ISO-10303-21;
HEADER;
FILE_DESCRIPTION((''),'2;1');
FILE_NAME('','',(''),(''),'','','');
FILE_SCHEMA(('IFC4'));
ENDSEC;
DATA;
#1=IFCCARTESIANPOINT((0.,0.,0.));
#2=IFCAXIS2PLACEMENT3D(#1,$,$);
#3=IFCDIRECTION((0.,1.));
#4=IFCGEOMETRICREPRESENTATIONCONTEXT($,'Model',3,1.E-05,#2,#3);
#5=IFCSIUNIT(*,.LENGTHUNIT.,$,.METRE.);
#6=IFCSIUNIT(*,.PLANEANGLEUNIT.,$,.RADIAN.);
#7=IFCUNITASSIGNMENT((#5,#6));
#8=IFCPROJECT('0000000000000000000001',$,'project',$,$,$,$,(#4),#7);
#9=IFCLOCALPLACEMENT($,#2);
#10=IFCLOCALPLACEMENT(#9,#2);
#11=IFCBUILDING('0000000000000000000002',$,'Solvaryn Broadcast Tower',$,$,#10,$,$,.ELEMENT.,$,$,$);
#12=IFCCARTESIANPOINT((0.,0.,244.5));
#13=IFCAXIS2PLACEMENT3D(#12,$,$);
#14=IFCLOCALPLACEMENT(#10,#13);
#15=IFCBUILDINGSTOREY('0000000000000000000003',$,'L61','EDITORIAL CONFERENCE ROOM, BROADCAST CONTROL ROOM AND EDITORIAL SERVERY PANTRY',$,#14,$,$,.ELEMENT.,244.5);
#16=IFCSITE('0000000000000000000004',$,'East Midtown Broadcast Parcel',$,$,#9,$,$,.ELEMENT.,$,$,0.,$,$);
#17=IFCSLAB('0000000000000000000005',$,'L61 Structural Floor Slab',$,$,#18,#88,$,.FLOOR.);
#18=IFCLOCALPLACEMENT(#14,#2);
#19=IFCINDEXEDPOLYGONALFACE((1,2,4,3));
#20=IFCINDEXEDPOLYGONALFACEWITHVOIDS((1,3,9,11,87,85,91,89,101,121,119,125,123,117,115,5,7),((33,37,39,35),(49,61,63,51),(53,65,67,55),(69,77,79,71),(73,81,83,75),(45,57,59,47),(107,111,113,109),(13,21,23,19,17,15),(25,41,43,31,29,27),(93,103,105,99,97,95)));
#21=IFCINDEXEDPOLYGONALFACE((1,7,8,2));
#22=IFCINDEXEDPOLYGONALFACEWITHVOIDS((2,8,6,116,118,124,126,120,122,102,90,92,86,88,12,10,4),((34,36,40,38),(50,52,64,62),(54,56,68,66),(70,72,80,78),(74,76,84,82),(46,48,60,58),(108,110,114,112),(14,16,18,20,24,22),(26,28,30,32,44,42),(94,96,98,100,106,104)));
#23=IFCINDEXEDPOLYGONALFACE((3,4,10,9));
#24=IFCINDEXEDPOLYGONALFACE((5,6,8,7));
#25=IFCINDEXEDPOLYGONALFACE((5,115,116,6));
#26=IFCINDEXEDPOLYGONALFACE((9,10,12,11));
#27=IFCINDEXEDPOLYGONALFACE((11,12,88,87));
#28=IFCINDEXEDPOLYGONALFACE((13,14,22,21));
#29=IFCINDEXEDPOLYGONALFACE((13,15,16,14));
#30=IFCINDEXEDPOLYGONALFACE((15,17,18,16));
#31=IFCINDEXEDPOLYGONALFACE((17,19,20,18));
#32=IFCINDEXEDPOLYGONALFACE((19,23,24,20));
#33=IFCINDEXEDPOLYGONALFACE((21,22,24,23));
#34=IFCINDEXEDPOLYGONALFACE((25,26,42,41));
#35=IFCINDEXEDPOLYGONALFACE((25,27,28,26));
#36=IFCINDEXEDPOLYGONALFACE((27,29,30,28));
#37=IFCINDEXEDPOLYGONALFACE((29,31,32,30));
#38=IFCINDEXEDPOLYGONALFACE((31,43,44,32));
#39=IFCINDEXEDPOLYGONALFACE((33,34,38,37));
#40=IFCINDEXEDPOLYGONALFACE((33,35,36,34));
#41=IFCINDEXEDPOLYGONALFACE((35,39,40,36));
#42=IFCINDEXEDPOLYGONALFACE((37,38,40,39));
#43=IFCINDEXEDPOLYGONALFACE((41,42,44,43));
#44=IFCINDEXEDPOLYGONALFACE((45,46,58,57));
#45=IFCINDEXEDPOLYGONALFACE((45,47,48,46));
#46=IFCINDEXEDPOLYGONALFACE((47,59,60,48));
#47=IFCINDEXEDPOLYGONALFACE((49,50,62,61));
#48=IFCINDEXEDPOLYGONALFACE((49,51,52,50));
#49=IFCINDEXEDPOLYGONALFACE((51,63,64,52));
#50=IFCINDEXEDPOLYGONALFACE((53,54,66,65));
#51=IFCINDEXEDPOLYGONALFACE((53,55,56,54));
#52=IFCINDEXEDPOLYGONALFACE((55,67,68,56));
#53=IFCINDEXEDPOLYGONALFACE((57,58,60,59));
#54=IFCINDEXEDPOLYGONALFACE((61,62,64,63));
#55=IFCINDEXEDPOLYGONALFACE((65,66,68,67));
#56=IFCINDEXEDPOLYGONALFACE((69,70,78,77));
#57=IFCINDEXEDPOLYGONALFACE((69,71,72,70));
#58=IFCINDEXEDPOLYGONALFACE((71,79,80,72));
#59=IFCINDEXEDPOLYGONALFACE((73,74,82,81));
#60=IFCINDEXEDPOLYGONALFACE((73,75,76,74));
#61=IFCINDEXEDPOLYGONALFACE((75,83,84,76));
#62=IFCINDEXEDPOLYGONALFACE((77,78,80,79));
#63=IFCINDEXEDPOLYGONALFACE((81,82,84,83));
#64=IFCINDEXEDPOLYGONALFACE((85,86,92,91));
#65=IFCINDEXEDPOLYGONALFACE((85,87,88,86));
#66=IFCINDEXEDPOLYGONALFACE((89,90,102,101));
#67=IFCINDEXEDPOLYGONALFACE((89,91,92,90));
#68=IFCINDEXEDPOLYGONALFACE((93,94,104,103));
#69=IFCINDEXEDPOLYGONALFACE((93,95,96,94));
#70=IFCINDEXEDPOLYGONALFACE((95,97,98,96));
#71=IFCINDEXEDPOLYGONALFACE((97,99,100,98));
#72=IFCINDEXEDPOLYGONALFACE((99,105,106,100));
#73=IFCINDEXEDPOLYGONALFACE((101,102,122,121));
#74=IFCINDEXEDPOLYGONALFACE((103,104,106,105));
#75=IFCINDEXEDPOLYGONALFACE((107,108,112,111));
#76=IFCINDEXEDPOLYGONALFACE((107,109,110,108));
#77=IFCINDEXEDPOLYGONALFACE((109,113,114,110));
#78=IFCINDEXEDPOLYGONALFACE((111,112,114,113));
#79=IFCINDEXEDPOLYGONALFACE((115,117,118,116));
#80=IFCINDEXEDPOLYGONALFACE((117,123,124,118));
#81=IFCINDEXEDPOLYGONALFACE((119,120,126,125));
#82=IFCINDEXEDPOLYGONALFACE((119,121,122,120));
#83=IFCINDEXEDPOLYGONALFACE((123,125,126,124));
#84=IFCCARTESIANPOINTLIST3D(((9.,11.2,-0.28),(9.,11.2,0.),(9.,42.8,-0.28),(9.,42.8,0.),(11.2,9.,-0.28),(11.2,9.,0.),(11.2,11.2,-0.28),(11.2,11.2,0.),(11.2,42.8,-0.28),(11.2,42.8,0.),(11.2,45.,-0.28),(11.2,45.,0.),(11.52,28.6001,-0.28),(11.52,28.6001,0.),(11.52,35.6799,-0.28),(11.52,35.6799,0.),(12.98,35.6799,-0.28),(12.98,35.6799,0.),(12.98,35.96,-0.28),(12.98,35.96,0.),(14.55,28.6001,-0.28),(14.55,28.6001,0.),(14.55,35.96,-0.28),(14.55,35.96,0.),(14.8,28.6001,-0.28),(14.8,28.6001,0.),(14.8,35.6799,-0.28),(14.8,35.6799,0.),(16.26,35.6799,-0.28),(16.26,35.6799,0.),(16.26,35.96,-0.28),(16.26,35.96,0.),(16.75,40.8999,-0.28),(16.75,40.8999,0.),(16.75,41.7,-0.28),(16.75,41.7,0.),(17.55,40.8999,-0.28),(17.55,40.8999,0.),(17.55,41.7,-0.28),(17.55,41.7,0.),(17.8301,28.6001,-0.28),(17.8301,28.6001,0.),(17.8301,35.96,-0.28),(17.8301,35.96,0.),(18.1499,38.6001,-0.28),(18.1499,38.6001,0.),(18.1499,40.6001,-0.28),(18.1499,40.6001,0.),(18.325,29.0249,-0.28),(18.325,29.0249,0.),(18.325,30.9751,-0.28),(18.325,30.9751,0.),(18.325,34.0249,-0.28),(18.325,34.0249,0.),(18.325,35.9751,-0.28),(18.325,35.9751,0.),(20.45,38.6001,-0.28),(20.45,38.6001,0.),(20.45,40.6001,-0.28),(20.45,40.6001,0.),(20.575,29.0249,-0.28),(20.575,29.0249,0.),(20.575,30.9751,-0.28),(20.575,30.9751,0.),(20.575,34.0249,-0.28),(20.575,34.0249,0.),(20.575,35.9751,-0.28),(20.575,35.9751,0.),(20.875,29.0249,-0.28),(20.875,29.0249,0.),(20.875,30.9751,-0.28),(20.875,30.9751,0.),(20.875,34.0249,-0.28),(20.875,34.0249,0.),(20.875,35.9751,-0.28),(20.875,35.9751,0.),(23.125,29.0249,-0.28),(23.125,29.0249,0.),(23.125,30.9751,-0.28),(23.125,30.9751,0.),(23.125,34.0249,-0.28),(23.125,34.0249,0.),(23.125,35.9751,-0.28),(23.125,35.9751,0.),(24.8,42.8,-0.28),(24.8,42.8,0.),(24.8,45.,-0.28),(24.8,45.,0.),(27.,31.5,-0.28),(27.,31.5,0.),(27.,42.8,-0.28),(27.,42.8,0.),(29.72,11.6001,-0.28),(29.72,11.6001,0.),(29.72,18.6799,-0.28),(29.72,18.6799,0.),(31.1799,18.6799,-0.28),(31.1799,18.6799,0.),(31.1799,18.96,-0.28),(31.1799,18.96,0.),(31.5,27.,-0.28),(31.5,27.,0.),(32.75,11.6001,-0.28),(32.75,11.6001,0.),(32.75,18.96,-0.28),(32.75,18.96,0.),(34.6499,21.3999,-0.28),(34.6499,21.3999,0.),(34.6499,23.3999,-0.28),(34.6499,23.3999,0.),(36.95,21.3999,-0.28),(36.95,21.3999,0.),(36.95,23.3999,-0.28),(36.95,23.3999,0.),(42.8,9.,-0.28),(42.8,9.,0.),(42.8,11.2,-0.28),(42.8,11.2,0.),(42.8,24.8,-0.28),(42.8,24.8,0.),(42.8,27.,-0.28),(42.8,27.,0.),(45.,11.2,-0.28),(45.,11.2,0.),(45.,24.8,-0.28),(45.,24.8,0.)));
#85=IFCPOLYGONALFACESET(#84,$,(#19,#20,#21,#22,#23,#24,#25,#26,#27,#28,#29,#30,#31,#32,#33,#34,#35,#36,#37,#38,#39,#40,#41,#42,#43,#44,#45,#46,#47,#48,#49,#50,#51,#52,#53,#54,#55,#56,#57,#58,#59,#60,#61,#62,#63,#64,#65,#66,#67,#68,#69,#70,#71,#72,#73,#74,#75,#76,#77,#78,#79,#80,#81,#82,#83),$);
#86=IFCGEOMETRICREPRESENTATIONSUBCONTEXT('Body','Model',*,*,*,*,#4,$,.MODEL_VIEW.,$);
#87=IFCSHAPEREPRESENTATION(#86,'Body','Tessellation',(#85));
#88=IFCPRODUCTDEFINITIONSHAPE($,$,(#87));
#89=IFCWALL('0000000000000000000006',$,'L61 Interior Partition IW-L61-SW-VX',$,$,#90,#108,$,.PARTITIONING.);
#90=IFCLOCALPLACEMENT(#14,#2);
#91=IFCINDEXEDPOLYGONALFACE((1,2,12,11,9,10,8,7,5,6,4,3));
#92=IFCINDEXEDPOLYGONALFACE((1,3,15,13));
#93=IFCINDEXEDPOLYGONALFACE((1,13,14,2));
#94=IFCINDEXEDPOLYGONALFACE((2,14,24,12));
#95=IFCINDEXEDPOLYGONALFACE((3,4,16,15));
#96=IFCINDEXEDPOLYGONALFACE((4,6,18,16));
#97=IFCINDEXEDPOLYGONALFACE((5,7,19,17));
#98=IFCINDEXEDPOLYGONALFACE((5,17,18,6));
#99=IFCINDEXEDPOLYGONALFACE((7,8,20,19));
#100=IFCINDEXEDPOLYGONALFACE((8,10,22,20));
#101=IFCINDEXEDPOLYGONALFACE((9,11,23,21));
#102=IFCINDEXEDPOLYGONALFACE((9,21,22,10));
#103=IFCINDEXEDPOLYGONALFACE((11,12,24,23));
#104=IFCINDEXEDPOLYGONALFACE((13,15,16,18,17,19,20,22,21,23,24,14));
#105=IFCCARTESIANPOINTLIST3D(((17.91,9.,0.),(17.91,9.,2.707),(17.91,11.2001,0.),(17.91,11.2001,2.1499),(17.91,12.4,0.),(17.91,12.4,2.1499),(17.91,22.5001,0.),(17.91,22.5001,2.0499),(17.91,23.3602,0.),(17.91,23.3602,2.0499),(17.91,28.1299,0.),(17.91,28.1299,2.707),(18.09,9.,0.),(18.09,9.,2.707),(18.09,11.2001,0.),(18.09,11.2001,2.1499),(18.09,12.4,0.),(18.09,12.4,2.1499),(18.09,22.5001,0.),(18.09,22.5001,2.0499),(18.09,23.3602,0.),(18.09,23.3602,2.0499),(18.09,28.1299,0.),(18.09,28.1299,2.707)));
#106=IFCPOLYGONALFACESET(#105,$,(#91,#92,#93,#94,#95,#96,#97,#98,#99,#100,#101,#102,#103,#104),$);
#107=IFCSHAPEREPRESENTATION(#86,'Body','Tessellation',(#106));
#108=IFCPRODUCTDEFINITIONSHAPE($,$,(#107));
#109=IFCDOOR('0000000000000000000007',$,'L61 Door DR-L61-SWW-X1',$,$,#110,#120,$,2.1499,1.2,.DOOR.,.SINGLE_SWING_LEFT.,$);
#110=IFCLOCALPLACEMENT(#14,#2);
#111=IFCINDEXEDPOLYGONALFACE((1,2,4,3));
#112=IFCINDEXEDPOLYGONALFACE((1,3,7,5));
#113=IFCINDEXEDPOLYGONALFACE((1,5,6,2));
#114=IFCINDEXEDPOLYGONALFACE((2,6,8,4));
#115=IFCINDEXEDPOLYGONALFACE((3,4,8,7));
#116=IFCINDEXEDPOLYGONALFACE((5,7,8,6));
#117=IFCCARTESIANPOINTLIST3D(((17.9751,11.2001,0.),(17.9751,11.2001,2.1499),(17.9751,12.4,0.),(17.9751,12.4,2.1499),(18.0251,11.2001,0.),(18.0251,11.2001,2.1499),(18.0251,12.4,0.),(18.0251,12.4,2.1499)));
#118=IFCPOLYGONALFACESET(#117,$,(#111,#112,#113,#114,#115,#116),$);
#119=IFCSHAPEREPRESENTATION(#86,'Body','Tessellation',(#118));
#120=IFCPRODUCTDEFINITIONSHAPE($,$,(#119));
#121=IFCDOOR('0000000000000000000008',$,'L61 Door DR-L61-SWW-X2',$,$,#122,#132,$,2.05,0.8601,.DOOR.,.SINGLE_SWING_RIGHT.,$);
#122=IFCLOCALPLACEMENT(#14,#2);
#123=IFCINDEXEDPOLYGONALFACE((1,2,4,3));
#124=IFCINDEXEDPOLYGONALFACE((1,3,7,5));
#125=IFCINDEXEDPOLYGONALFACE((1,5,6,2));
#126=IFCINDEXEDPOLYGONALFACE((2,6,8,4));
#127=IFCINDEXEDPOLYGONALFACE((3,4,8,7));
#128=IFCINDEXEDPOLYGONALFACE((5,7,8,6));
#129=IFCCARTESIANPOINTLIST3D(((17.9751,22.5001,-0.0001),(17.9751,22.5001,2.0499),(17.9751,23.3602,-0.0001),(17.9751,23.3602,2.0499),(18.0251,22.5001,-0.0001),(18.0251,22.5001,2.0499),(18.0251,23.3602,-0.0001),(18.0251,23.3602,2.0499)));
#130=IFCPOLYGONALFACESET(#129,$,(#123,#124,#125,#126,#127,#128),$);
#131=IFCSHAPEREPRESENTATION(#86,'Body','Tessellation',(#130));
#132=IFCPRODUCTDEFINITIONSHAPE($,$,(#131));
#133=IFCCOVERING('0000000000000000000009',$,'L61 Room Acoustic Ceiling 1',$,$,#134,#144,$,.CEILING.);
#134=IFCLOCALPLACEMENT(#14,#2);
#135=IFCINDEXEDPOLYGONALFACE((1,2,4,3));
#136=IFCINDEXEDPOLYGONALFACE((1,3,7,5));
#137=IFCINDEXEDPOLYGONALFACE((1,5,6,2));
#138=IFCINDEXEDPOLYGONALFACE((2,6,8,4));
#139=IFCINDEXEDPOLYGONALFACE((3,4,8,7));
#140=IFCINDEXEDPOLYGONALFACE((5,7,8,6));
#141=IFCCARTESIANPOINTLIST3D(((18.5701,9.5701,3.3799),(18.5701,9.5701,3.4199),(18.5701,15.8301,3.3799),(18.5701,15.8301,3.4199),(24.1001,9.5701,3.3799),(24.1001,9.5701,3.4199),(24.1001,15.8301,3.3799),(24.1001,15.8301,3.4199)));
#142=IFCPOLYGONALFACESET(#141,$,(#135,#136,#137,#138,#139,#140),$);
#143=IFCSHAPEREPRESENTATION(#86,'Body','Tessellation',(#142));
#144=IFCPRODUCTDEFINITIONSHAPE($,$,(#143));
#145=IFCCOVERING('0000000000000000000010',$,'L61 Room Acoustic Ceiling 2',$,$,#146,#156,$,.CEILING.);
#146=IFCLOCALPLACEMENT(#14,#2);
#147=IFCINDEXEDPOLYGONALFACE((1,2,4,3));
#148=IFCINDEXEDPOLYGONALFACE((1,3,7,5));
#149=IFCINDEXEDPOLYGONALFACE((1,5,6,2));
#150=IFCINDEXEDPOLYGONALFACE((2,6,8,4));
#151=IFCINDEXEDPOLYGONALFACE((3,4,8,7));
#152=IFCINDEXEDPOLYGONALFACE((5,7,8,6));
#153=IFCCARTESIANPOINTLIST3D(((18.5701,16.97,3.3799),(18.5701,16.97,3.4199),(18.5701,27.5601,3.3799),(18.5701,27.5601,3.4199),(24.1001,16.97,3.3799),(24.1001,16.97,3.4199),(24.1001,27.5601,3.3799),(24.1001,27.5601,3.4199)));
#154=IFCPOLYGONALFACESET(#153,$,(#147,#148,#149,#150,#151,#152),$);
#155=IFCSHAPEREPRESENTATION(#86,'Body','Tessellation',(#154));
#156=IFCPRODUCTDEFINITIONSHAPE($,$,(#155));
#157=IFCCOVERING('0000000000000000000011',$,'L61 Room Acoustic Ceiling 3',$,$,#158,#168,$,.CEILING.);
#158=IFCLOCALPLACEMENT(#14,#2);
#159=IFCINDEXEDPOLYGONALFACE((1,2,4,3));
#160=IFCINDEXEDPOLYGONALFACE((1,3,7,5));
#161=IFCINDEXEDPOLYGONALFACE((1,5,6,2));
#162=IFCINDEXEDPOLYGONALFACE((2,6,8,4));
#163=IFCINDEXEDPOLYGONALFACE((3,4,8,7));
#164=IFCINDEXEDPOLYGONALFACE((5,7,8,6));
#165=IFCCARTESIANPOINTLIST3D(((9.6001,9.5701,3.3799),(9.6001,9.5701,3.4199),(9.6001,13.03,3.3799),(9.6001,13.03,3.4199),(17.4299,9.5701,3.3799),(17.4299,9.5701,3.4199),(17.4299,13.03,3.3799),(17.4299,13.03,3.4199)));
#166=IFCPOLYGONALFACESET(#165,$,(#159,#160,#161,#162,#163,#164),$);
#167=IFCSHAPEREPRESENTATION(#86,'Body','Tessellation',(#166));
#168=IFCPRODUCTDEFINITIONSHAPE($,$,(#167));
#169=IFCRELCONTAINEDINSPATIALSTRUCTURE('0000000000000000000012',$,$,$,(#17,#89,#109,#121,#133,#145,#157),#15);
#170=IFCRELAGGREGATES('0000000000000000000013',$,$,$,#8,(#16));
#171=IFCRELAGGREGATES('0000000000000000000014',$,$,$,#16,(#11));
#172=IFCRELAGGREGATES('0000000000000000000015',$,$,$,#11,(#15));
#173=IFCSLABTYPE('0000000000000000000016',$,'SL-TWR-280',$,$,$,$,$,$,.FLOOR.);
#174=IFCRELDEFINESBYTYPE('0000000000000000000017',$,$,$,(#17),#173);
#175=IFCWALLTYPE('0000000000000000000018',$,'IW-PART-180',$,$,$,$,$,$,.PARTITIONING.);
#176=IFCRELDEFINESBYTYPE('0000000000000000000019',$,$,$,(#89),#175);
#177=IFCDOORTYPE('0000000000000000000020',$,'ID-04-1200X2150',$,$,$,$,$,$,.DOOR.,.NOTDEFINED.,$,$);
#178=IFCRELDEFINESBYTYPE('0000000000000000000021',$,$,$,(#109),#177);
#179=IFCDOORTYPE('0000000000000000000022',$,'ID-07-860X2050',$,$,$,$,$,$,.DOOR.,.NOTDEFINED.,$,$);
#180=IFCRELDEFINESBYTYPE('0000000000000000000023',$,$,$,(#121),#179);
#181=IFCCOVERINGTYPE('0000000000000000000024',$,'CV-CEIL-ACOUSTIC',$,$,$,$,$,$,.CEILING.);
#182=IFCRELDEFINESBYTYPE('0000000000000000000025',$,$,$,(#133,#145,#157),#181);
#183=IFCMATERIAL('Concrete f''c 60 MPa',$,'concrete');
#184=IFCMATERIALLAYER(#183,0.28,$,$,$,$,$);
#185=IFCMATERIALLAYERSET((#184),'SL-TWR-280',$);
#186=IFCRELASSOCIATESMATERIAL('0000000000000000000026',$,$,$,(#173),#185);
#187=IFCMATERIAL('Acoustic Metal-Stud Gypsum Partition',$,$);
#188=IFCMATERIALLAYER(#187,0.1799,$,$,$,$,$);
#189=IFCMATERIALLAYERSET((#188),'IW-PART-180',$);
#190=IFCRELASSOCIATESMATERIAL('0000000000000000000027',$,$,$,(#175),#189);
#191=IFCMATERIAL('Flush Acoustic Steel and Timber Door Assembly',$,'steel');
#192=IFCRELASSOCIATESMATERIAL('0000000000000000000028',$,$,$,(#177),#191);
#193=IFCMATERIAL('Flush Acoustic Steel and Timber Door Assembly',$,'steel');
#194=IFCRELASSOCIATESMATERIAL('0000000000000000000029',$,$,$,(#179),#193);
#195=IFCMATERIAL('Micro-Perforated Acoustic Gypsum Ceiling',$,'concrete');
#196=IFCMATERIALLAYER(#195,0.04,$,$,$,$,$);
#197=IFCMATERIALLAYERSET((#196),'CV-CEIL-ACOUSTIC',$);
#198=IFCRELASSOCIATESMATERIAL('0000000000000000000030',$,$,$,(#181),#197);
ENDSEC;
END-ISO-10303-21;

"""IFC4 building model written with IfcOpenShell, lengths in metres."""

from ifc_helpers import new_model, si_unit, direction, frame, frame_2d, origin, place, context, subcontext, project, spatial, polyline, rectangle, outline, extrude, material, layer, layer_set, type_object, element, fill, save


model = new_model("IFC4")

# Units and contexts
model_context = context("Model", 3, precision=1e-05, world=origin(), true_north=direction((0.0, 1.0)))
body_context = subcontext(model_context, "Body", "Model", "MODEL_VIEW")
ifc_project = project(units=[si_unit("LENGTHUNIT", "METRE"), si_unit("PLANEANGLEUNIT", "RADIAN")], contexts=[model_context])

# Site, building, storey
site_placement = place(None, origin())
site = spatial("IfcSite", under=ifc_project, at=site_placement, Name="East Midtown Broadcast Parcel", CompositionType="ELEMENT", RefElevation=0.0)
building_placement = place(site_placement, origin())
building = spatial("IfcBuilding", under=site, at=building_placement, Name="Solvaryn Broadcast Tower", CompositionType="ELEMENT")
storey_placement = place(building_placement, frame((0.0, 0.0, 244.5)))
storey = spatial("IfcBuildingStorey", under=building, at=storey_placement, Name="L61", Description="EDITORIAL CONFERENCE ROOM, BROADCAST CONTROL ROOM AND EDITORIAL SERVERY PANTRY", CompositionType="ELEMENT", Elevation=244.5)

# Slab
ifc_material_1 = material(Name="Concrete f'c 60 MPa", Category="concrete")
ifc_layer_1 = layer(ifc_material_1, 0.28)
ifc_layer_set_1 = layer_set([ifc_layer_1], Name="SL-TWR-280")
slab_type_1 = type_object("IfcSlabType", Name="SL-TWR-280", PredefinedType="FLOOR", material=ifc_layer_set_1)
slab_1_placement = place(storey_placement, frame((0.0, 0.0, -0.28)))
element("IfcSlab", 1, at=slab_1_placement, inside=storey, type_object=slab_type_1, Name="L61 Structural Floor Slab", PredefinedType="FLOOR", context=body_context, shape_type="SweptSolid", body=[
    extrude(outline(polyline([(11.2, 9.0), (42.8, 9.0), (42.8, 11.2), (45.0, 11.2), (45.0, 24.8), (42.8, 24.8), (42.8, 27.0), (31.5, 27.0), (27.0, 31.5), (27.0, 42.8), (24.8, 42.8), (24.8, 45.0), (11.2, 45.0), (11.2, 42.8), (9.0, 42.8), (9.0, 11.2), (11.2, 11.2), (11.2, 9.0)]), holes=[polyline([(11.52, 28.6001), (14.55, 28.6001), (14.55, 35.96), (12.98, 35.96), (12.98, 35.6799), (11.52, 35.6799), (11.52, 28.6001)]), polyline([(14.8, 28.6001), (17.8301, 28.6001), (17.8301, 35.96), (16.26, 35.96), (16.26, 35.6799), (14.8, 35.6799), (14.8, 28.6001)]), polyline([(29.72, 11.6001), (32.75, 11.6001), (32.75, 18.96), (31.1799, 18.96), (31.1799, 18.6799), (29.72, 18.6799), (29.72, 11.6001)]), polyline([(18.1499, 38.6001), (20.45, 38.6001), (20.45, 40.6001), (18.1499, 40.6001), (18.1499, 38.6001)]), polyline([(18.325, 29.0249), (20.575, 29.0249), (20.575, 30.9751), (18.325, 30.9751), (18.325, 29.0249)]), polyline([(20.875, 29.0249), (23.125, 29.0249), (23.125, 30.9751), (20.875, 30.9751), (20.875, 29.0249)]), polyline([(18.325, 34.0249), (20.575, 34.0249), (20.575, 35.9751), (18.325, 35.9751), (18.325, 34.0249)]), polyline([(20.875, 34.0249), (23.125, 34.0249), (23.125, 35.9751), (20.875, 35.9751), (20.875, 34.0249)]), polyline([(34.6499, 21.3999), (36.95, 21.3999), (36.95, 23.3999), (34.6499, 23.3999), (34.6499, 21.3999)]), polyline([(16.75, 40.8999), (17.55, 40.8999), (17.55, 41.7), (16.75, 41.7), (16.75, 40.8999)])]), origin(), (0.0, 0.0, 1.0), 0.28),
])

# Wall, openings, doors
ifc_material_2 = material(Name="Acoustic Metal-Stud Gypsum Partition")
ifc_layer_2 = layer(ifc_material_2, 0.1799)
ifc_layer_set_2 = layer_set([ifc_layer_2], Name="IW-PART-180")
wall_type = type_object("IfcWallType", Name="IW-PART-180", PredefinedType="PARTITIONING", material=ifc_layer_set_2)
wall_placement = place(storey_placement, frame((18.0, 9.0, 0.0), z_axis=(0.0, 0.0, 1.0), x_axis=(0.0, 1.0, 0.0)))
wall = element("IfcWall", 2, at=wall_placement, inside=storey, type_object=wall_type, Name="L61 Interior Partition IW-L61-SW-VX", PredefinedType="PARTITIONING", context=body_context, shape_type="SweptSolid", body=[
    extrude(rectangle(XDim=19.1299, YDim=0.1799, at=frame_2d((9.5649, 0.0))), origin(), (0.0, 0.0, 1.0), 2.707),
])
opening_1_placement = place(wall_placement, frame((2.2, 0.0, 0.0)))
opening_1 = element("IfcOpeningElement", 3, at=opening_1_placement, cuts=wall, PredefinedType="OPENING", context=body_context, shape_type="SweptSolid", body=[
    extrude(rectangle(XDim=1.2, YDim=2.1499, at=frame_2d((0.6001, 1.075))), frame((0.0, 0.0999, 0.0), z_axis=(0.0, -1.0, 0.0), x_axis=(1.0, 0.0, 0.0)), (0.0, 0.0, 1.0), 0.2),
])
opening_2_placement = place(wall_placement, frame((13.5, 0.0, 0.0)))
opening_2 = element("IfcOpeningElement", 4, at=opening_2_placement, cuts=wall, PredefinedType="OPENING", context=body_context, shape_type="SweptSolid", body=[
    extrude(rectangle(XDim=0.8601, YDim=2.05, at=frame_2d((0.4302, 1.0249))), frame((0.0, 0.0999, 0.0), z_axis=(0.0, -1.0, 0.0), x_axis=(1.0, 0.0, 0.0)), (0.0, 0.0, 1.0), 0.2),
])
ifc_material_3 = material(Name="Flush Acoustic Steel and Timber Door Assembly", Category="steel")
door_type_1 = type_object("IfcDoorType", Name="ID-04-1200X2150", OperationType="NOTDEFINED", PredefinedType="DOOR", material=ifc_material_3)
door_1_placement = place(opening_1_placement, origin())
door_1 = element("IfcDoor", 5, at=door_1_placement, inside=storey, type_object=door_type_1, Name="L61 Door DR-L61-SWW-X1", OperationType="SINGLE_SWING_LEFT", OverallHeight=2.1499, OverallWidth=1.2, PredefinedType="DOOR", context=body_context, shape_type="SweptSolid", body=[
    extrude(rectangle(XDim=1.2, YDim=2.1499, at=frame_2d((0.6001, 1.075))), frame((0.0, 0.0249, 0.0), z_axis=(0.0, -1.0, 0.0), x_axis=(1.0, 0.0, 0.0)), (0.0, 0.0, 1.0), 0.05),
])
fill(opening_1, door_1)
ifc_material_4 = material(Name="Flush Acoustic Steel and Timber Door Assembly", Category="steel")
door_type_2 = type_object("IfcDoorType", Name="ID-07-860X2050", OperationType="NOTDEFINED", PredefinedType="DOOR", material=ifc_material_4)
door_2_placement = place(opening_2_placement, origin())
door_2 = element("IfcDoor", 6, at=door_2_placement, inside=storey, type_object=door_type_2, Name="L61 Door DR-L61-SWW-X2", OperationType="SINGLE_SWING_RIGHT", OverallHeight=2.05, OverallWidth=0.8601, PredefinedType="DOOR", context=body_context, shape_type="SweptSolid", body=[
    extrude(rectangle(XDim=0.8601, YDim=2.05, at=frame_2d((0.4302, 1.0249))), frame((0.0, 0.0249, 0.0), z_axis=(0.0, -1.0, 0.0), x_axis=(1.0, 0.0, 0.0)), (0.0, 0.0, 1.0), 0.05),
])
fill(opening_2, door_2)

# Coverings
ifc_material_5 = material(Name="Micro-Perforated Acoustic Gypsum Ceiling", Category="concrete")
ifc_layer_3 = layer(ifc_material_5, 0.04)
ifc_layer_set_3 = layer_set([ifc_layer_3], Name="CV-CEIL-ACOUSTIC")
covering_type_1 = type_object("IfcCoveringType", Name="CV-CEIL-ACOUSTIC", PredefinedType="CEILING", material=ifc_layer_set_3)
covering_1_placement = place(storey_placement, frame((0.0, 0.0, 3.3799)))
element("IfcCovering", 7, at=covering_1_placement, inside=storey, type_object=covering_type_1, Name="L61 Room Acoustic Ceiling 1", PredefinedType="CEILING", context=body_context, shape_type="SweptSolid", body=[
    extrude(outline(polyline([(18.5701, 9.5701), (24.1001, 9.5701), (24.1001, 15.8301), (18.5701, 15.8301), (18.5701, 9.5701)])), origin(), (0.0, 0.0, 1.0), 0.04),
])
covering_2_placement = place(storey_placement, frame((0.0, 0.0, 3.3799)))
element("IfcCovering", 8, at=covering_2_placement, inside=storey, type_object=covering_type_1, Name="L61 Room Acoustic Ceiling 2", PredefinedType="CEILING", context=body_context, shape_type="SweptSolid", body=[
    extrude(outline(polyline([(18.5701, 16.97), (24.1001, 16.97), (24.1001, 27.5601), (18.5701, 27.5601), (18.5701, 16.97)])), origin(), (0.0, 0.0, 1.0), 0.04),
])
covering_3_placement = place(storey_placement, frame((0.0, 0.0, 3.3799)))
element("IfcCovering", 9, at=covering_3_placement, inside=storey, type_object=covering_type_1, Name="L61 Room Acoustic Ceiling 3", PredefinedType="CEILING", context=body_context, shape_type="SweptSolid", body=[
    extrude(outline(polyline([(9.6001, 9.5701), (17.4299, 9.5701), (17.4299, 13.03), (9.6001, 13.03), (9.6001, 9.5701)])), origin(), (0.0, 0.0, 1.0), 0.04),
])

save(model, "model.ifc")
